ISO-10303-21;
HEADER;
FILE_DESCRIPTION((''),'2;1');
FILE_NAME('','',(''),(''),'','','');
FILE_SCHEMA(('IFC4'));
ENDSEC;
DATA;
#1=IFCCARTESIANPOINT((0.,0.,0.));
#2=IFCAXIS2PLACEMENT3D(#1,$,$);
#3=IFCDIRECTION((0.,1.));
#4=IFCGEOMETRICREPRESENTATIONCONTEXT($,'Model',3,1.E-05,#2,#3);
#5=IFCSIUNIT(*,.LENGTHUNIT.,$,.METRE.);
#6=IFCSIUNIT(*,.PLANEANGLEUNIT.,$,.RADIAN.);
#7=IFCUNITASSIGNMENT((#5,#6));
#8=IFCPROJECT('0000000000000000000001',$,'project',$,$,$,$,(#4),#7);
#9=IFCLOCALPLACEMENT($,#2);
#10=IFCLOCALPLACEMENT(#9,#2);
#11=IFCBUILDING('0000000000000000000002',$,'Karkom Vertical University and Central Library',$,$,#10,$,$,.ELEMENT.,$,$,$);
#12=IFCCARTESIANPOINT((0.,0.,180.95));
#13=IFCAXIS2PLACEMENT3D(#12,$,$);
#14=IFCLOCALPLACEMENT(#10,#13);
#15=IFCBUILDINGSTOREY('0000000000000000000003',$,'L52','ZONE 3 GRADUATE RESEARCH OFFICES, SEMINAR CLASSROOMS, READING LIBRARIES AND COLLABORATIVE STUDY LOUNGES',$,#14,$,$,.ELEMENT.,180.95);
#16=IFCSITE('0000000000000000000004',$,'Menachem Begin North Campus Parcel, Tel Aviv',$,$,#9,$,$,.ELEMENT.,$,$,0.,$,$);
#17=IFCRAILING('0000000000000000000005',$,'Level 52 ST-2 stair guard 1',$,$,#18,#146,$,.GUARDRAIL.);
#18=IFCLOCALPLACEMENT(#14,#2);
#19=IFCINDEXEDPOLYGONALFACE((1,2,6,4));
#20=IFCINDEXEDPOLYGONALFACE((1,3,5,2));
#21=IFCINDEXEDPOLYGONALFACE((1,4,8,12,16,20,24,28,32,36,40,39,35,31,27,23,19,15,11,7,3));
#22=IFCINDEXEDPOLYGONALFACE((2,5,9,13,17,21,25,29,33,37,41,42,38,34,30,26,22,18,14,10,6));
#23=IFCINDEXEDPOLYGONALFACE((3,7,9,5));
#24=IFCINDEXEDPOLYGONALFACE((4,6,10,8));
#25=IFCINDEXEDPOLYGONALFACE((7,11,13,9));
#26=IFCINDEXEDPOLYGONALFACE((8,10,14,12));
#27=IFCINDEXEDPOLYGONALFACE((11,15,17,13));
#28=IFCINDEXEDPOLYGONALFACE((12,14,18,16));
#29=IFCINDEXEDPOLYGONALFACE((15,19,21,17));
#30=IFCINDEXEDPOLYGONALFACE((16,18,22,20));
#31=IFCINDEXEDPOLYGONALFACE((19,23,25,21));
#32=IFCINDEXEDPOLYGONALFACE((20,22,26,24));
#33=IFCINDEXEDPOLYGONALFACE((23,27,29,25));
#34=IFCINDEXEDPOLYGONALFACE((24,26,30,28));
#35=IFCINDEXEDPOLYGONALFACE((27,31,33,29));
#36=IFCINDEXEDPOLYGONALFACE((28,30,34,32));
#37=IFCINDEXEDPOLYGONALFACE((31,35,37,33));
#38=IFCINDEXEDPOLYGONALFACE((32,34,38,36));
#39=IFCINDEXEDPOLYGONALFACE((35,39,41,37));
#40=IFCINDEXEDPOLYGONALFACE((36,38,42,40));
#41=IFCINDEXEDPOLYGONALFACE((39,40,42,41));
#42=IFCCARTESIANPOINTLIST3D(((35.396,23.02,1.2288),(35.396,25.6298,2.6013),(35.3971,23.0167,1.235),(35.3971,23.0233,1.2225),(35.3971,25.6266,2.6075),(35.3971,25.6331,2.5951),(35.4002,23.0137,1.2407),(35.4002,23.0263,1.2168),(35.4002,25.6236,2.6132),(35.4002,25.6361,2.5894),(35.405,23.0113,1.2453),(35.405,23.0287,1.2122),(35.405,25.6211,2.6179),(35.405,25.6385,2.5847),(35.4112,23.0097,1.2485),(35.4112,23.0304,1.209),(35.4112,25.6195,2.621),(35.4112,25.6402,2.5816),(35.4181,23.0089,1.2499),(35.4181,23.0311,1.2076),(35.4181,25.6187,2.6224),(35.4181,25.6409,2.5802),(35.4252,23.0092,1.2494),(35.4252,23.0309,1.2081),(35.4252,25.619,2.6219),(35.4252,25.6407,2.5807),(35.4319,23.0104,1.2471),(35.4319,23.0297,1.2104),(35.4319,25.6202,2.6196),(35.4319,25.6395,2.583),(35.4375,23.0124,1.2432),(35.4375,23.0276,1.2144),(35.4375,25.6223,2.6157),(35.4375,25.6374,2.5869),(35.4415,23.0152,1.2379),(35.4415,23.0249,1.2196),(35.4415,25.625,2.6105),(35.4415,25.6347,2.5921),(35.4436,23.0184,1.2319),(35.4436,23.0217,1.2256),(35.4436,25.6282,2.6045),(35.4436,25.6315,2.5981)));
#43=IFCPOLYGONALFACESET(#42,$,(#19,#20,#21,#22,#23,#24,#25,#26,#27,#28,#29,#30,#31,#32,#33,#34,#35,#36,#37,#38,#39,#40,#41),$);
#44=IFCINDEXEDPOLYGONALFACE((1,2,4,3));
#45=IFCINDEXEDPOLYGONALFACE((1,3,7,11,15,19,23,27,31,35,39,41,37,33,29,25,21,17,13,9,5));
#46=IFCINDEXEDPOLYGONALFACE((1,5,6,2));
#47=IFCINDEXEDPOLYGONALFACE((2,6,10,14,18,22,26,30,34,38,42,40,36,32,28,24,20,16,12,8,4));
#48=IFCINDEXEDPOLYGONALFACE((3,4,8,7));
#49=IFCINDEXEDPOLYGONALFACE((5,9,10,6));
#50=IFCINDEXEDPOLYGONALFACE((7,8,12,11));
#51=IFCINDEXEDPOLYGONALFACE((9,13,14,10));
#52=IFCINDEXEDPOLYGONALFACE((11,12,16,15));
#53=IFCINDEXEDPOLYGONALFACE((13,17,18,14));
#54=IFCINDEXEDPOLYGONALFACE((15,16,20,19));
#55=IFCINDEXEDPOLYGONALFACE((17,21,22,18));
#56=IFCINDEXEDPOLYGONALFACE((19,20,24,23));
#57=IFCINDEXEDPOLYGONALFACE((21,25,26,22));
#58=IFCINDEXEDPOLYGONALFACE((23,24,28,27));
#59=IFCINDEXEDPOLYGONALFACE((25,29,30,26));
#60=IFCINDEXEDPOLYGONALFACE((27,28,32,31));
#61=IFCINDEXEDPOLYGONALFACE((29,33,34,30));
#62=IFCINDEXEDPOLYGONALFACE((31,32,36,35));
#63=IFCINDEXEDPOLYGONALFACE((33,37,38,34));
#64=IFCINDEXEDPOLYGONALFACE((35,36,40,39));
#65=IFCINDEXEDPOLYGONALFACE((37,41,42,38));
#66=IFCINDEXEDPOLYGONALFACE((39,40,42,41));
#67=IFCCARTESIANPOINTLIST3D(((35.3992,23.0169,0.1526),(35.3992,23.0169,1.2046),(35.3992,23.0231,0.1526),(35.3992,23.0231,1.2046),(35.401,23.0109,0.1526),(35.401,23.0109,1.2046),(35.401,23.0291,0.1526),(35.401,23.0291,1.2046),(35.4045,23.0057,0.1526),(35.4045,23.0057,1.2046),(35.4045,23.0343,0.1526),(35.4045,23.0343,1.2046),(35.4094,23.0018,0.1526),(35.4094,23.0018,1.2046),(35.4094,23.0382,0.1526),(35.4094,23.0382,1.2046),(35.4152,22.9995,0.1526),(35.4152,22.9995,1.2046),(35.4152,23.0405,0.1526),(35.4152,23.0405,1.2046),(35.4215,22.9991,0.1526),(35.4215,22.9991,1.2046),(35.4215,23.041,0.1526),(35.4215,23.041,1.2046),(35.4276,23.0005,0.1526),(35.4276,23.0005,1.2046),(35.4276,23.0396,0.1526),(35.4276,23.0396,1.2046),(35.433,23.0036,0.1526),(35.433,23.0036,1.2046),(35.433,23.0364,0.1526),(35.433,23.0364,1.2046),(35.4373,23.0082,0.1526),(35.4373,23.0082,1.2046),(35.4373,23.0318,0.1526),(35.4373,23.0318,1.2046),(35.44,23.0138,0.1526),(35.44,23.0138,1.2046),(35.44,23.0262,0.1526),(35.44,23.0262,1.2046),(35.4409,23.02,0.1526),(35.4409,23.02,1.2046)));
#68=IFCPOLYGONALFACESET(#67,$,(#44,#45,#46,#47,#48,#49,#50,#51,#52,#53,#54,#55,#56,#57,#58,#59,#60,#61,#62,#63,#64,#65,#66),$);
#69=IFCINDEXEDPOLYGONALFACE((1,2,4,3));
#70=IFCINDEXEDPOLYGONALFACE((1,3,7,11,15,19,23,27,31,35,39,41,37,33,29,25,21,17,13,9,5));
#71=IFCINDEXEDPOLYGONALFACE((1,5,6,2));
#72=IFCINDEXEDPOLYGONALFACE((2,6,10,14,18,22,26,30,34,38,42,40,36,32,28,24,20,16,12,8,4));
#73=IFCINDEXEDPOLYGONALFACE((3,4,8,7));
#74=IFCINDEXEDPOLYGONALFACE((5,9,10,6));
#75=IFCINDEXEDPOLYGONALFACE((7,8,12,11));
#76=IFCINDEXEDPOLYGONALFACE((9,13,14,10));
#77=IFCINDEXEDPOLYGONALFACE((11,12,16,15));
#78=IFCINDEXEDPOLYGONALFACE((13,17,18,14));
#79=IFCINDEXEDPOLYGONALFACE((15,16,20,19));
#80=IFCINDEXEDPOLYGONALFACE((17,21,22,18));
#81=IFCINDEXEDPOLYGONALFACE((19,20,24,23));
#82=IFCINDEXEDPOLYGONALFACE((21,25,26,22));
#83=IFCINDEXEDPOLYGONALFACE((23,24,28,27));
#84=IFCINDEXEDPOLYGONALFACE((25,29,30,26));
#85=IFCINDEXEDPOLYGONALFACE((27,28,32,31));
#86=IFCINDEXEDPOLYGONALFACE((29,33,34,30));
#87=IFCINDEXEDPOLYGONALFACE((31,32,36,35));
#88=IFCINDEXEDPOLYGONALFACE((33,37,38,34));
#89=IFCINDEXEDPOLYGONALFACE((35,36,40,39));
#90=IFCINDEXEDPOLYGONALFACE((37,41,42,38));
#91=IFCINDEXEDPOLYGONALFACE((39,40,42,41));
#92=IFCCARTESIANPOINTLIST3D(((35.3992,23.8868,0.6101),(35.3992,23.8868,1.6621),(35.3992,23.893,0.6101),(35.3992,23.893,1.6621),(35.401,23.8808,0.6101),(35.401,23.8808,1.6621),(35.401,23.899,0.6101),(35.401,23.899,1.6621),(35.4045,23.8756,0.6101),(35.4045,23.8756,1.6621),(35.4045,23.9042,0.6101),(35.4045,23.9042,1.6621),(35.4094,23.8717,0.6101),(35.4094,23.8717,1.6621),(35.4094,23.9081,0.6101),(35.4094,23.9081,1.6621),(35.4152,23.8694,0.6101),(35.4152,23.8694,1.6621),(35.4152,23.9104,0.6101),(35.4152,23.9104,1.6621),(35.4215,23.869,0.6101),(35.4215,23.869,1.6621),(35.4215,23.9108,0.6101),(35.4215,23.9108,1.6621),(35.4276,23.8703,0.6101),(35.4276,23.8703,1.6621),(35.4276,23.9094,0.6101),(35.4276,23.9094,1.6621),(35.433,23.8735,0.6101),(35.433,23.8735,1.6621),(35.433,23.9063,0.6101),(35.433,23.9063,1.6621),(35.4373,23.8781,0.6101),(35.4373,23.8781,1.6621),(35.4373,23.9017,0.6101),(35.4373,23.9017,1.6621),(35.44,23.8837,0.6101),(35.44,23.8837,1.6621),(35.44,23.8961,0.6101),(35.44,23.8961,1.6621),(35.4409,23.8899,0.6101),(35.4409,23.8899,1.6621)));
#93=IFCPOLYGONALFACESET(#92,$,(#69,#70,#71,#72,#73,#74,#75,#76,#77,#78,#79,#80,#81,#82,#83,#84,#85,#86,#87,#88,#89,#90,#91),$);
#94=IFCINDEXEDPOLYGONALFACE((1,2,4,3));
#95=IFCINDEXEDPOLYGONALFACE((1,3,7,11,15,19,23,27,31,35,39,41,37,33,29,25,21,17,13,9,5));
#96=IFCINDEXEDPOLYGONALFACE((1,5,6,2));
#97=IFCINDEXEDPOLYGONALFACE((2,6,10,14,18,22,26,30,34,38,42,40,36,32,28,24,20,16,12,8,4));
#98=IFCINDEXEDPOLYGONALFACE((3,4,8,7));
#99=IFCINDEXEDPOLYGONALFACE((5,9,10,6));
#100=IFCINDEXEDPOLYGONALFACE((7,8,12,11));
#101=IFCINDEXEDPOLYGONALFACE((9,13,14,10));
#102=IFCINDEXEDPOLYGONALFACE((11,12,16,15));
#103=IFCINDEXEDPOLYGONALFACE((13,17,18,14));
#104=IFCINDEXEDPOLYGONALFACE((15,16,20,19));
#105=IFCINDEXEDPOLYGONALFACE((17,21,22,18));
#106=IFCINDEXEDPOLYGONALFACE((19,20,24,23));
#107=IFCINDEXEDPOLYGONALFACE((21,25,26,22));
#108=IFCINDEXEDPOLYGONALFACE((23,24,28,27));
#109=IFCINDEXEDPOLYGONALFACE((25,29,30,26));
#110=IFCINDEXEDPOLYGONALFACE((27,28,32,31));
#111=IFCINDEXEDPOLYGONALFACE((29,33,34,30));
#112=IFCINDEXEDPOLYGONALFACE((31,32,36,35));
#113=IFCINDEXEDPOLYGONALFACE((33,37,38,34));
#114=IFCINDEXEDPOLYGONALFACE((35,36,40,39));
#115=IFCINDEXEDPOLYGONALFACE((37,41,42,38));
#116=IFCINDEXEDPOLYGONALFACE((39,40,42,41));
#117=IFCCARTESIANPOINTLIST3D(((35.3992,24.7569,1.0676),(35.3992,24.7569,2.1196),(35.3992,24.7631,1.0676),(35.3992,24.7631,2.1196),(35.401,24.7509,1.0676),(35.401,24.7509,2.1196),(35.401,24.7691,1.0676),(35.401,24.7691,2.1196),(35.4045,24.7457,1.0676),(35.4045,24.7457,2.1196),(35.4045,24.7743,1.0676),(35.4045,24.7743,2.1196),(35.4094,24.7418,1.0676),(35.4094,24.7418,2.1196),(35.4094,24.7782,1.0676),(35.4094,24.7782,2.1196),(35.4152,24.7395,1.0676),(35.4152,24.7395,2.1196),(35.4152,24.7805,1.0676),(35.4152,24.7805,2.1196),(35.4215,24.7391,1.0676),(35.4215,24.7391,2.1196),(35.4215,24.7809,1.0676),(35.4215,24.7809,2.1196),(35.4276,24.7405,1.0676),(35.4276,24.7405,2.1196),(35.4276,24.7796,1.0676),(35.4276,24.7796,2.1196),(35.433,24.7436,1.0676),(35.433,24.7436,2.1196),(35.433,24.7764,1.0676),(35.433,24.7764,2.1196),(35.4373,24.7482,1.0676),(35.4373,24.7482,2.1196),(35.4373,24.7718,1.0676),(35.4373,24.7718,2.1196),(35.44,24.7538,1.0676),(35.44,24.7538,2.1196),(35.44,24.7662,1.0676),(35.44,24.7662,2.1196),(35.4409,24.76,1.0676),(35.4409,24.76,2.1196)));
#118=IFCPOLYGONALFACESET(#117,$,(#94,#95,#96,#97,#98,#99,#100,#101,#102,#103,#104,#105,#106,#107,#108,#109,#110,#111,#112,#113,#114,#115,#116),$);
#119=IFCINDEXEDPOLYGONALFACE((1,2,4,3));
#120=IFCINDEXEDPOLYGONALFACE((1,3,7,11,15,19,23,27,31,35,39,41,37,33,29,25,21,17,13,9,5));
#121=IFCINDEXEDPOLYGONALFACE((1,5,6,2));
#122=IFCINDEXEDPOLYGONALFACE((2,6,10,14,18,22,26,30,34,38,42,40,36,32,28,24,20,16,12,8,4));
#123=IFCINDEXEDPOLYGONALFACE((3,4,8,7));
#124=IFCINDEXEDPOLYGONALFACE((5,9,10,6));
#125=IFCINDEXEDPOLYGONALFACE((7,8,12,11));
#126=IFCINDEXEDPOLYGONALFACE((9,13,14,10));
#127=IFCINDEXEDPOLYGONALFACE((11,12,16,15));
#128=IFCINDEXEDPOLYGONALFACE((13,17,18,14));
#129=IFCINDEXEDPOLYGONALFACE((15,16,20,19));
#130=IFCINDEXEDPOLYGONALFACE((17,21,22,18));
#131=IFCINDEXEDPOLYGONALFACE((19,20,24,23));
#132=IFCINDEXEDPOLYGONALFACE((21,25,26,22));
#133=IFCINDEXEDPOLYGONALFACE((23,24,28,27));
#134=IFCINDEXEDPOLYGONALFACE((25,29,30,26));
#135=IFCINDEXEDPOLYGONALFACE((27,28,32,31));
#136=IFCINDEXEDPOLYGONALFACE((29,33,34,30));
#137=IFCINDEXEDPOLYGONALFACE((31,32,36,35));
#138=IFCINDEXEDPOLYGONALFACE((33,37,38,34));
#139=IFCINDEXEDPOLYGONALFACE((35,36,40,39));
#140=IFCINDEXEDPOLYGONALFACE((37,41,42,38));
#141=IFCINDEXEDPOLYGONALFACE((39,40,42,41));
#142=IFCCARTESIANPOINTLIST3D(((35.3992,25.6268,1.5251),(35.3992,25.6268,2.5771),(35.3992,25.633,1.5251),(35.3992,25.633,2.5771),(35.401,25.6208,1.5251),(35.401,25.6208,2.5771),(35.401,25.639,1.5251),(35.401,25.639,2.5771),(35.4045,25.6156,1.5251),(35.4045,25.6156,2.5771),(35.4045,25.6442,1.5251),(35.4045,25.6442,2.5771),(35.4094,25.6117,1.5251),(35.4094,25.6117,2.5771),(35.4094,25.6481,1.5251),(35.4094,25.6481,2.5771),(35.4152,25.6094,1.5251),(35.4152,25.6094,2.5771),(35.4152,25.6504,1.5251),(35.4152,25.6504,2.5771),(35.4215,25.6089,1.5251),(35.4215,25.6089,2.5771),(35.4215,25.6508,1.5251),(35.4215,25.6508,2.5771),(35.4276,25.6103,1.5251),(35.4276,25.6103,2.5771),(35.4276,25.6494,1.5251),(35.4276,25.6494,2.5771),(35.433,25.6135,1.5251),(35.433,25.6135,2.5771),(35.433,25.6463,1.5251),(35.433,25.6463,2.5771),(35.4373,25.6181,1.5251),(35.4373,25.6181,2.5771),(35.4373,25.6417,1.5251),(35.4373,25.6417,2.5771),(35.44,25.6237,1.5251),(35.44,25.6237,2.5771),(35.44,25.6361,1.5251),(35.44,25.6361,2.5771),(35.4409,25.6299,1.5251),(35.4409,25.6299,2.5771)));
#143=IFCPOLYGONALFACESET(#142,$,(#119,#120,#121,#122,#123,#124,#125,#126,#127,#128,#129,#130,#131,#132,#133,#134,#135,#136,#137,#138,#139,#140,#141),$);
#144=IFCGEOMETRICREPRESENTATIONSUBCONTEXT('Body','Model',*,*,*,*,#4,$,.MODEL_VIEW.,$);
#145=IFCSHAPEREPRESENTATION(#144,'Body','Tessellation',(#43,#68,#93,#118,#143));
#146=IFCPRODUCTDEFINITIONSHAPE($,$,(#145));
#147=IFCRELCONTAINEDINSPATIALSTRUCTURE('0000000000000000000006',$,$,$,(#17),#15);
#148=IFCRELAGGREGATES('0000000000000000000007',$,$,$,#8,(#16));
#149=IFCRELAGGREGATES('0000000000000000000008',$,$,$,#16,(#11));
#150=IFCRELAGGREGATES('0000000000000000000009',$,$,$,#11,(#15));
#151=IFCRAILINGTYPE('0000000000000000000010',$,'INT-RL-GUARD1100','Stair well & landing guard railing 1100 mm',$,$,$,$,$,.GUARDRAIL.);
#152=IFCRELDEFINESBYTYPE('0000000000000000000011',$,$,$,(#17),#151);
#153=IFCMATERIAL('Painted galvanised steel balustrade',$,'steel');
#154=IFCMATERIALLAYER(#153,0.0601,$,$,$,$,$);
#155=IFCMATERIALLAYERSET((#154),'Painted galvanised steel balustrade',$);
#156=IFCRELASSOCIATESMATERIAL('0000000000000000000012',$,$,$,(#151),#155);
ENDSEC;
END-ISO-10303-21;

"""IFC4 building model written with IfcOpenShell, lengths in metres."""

from ifc_helpers import new_model, si_unit, direction, frame, origin, origin_2d, place, context, subcontext, project, spatial, circle, extrude, material, layer, layer_set, type_object, element, save


model = new_model("IFC4")

# Units and contexts
model_context = context("Model", 3, precision=1e-05, world=origin(), true_north=direction((0.0, 1.0)))
body_context = subcontext(model_context, "Body", "Model", "MODEL_VIEW")
ifc_project = project(units=[si_unit("LENGTHUNIT", "METRE"), si_unit("PLANEANGLEUNIT", "RADIAN")], contexts=[model_context])

# Site, building, storey
site_placement = place(None, origin())
site = spatial("IfcSite", under=ifc_project, at=site_placement, Name="Menachem Begin North Campus Parcel, Tel Aviv", CompositionType="ELEMENT", RefElevation=0.0)
building_placement = place(site_placement, origin())
building = spatial("IfcBuilding", under=site, at=building_placement, Name="Karkom Vertical University and Central Library", CompositionType="ELEMENT")
storey_placement = place(building_placement, frame((0.0, 0.0, 180.95)))
storey = spatial("IfcBuildingStorey", under=building, at=storey_placement, Name="L52", Description="ZONE 3 GRADUATE RESEARCH OFFICES, SEMINAR CLASSROOMS, READING LIBRARIES AND COLLABORATIVE STUDY LOUNGES", CompositionType="ELEMENT", Elevation=180.95)

# Railing
ifc_material_1 = material(Name="Painted galvanised steel balustrade", Category="steel")
ifc_layer_1 = layer(ifc_material_1, 0.0601)
ifc_layer_set_1 = layer_set([ifc_layer_1], Name="Painted galvanised steel balustrade")
railing_type_1 = type_object("IfcRailingType", Name="INT-RL-GUARD1100", Description="Stair well & landing guard railing 1100 mm", PredefinedType="GUARDRAIL", material=ifc_layer_set_1)
railing_1_placement = place(storey_placement, frame((35.4199, 23.02, 0.1526)))
element("IfcRailing", 1, at=railing_1_placement, inside=storey, type_object=railing_type_1, Name="Level 52 ST-2 stair guard 1", PredefinedType="GUARDRAIL", context=body_context, shape_type="SweptSolid", body=[
    extrude(circle(Radius=0.0239, at=origin_2d()), frame((0.0, 0.0, 1.0762), z_axis=(0.0, 0.885065, 0.465467), x_axis=(-1.0, 0.0, 0.0)), (0.0, 0.0, 1.0), 2.9487),
    extrude(circle(Radius=0.021, at=origin_2d()), origin(), (0.0, 0.0, 1.0), 1.052),
    extrude(circle(Radius=0.021, at=origin_2d()), frame((0.0, 0.8699, 0.4575)), (0.0, 0.0, 1.0), 1.052),
    extrude(circle(Radius=0.021, at=origin_2d()), frame((0.0, 1.74, 0.915)), (0.0, 0.0, 1.0), 1.052),
    extrude(circle(Radius=0.021, at=origin_2d()), frame((0.0, 2.6099, 1.3726)), (0.0, 0.0, 1.0), 1.052),
])

save(model, "model.ifc")
